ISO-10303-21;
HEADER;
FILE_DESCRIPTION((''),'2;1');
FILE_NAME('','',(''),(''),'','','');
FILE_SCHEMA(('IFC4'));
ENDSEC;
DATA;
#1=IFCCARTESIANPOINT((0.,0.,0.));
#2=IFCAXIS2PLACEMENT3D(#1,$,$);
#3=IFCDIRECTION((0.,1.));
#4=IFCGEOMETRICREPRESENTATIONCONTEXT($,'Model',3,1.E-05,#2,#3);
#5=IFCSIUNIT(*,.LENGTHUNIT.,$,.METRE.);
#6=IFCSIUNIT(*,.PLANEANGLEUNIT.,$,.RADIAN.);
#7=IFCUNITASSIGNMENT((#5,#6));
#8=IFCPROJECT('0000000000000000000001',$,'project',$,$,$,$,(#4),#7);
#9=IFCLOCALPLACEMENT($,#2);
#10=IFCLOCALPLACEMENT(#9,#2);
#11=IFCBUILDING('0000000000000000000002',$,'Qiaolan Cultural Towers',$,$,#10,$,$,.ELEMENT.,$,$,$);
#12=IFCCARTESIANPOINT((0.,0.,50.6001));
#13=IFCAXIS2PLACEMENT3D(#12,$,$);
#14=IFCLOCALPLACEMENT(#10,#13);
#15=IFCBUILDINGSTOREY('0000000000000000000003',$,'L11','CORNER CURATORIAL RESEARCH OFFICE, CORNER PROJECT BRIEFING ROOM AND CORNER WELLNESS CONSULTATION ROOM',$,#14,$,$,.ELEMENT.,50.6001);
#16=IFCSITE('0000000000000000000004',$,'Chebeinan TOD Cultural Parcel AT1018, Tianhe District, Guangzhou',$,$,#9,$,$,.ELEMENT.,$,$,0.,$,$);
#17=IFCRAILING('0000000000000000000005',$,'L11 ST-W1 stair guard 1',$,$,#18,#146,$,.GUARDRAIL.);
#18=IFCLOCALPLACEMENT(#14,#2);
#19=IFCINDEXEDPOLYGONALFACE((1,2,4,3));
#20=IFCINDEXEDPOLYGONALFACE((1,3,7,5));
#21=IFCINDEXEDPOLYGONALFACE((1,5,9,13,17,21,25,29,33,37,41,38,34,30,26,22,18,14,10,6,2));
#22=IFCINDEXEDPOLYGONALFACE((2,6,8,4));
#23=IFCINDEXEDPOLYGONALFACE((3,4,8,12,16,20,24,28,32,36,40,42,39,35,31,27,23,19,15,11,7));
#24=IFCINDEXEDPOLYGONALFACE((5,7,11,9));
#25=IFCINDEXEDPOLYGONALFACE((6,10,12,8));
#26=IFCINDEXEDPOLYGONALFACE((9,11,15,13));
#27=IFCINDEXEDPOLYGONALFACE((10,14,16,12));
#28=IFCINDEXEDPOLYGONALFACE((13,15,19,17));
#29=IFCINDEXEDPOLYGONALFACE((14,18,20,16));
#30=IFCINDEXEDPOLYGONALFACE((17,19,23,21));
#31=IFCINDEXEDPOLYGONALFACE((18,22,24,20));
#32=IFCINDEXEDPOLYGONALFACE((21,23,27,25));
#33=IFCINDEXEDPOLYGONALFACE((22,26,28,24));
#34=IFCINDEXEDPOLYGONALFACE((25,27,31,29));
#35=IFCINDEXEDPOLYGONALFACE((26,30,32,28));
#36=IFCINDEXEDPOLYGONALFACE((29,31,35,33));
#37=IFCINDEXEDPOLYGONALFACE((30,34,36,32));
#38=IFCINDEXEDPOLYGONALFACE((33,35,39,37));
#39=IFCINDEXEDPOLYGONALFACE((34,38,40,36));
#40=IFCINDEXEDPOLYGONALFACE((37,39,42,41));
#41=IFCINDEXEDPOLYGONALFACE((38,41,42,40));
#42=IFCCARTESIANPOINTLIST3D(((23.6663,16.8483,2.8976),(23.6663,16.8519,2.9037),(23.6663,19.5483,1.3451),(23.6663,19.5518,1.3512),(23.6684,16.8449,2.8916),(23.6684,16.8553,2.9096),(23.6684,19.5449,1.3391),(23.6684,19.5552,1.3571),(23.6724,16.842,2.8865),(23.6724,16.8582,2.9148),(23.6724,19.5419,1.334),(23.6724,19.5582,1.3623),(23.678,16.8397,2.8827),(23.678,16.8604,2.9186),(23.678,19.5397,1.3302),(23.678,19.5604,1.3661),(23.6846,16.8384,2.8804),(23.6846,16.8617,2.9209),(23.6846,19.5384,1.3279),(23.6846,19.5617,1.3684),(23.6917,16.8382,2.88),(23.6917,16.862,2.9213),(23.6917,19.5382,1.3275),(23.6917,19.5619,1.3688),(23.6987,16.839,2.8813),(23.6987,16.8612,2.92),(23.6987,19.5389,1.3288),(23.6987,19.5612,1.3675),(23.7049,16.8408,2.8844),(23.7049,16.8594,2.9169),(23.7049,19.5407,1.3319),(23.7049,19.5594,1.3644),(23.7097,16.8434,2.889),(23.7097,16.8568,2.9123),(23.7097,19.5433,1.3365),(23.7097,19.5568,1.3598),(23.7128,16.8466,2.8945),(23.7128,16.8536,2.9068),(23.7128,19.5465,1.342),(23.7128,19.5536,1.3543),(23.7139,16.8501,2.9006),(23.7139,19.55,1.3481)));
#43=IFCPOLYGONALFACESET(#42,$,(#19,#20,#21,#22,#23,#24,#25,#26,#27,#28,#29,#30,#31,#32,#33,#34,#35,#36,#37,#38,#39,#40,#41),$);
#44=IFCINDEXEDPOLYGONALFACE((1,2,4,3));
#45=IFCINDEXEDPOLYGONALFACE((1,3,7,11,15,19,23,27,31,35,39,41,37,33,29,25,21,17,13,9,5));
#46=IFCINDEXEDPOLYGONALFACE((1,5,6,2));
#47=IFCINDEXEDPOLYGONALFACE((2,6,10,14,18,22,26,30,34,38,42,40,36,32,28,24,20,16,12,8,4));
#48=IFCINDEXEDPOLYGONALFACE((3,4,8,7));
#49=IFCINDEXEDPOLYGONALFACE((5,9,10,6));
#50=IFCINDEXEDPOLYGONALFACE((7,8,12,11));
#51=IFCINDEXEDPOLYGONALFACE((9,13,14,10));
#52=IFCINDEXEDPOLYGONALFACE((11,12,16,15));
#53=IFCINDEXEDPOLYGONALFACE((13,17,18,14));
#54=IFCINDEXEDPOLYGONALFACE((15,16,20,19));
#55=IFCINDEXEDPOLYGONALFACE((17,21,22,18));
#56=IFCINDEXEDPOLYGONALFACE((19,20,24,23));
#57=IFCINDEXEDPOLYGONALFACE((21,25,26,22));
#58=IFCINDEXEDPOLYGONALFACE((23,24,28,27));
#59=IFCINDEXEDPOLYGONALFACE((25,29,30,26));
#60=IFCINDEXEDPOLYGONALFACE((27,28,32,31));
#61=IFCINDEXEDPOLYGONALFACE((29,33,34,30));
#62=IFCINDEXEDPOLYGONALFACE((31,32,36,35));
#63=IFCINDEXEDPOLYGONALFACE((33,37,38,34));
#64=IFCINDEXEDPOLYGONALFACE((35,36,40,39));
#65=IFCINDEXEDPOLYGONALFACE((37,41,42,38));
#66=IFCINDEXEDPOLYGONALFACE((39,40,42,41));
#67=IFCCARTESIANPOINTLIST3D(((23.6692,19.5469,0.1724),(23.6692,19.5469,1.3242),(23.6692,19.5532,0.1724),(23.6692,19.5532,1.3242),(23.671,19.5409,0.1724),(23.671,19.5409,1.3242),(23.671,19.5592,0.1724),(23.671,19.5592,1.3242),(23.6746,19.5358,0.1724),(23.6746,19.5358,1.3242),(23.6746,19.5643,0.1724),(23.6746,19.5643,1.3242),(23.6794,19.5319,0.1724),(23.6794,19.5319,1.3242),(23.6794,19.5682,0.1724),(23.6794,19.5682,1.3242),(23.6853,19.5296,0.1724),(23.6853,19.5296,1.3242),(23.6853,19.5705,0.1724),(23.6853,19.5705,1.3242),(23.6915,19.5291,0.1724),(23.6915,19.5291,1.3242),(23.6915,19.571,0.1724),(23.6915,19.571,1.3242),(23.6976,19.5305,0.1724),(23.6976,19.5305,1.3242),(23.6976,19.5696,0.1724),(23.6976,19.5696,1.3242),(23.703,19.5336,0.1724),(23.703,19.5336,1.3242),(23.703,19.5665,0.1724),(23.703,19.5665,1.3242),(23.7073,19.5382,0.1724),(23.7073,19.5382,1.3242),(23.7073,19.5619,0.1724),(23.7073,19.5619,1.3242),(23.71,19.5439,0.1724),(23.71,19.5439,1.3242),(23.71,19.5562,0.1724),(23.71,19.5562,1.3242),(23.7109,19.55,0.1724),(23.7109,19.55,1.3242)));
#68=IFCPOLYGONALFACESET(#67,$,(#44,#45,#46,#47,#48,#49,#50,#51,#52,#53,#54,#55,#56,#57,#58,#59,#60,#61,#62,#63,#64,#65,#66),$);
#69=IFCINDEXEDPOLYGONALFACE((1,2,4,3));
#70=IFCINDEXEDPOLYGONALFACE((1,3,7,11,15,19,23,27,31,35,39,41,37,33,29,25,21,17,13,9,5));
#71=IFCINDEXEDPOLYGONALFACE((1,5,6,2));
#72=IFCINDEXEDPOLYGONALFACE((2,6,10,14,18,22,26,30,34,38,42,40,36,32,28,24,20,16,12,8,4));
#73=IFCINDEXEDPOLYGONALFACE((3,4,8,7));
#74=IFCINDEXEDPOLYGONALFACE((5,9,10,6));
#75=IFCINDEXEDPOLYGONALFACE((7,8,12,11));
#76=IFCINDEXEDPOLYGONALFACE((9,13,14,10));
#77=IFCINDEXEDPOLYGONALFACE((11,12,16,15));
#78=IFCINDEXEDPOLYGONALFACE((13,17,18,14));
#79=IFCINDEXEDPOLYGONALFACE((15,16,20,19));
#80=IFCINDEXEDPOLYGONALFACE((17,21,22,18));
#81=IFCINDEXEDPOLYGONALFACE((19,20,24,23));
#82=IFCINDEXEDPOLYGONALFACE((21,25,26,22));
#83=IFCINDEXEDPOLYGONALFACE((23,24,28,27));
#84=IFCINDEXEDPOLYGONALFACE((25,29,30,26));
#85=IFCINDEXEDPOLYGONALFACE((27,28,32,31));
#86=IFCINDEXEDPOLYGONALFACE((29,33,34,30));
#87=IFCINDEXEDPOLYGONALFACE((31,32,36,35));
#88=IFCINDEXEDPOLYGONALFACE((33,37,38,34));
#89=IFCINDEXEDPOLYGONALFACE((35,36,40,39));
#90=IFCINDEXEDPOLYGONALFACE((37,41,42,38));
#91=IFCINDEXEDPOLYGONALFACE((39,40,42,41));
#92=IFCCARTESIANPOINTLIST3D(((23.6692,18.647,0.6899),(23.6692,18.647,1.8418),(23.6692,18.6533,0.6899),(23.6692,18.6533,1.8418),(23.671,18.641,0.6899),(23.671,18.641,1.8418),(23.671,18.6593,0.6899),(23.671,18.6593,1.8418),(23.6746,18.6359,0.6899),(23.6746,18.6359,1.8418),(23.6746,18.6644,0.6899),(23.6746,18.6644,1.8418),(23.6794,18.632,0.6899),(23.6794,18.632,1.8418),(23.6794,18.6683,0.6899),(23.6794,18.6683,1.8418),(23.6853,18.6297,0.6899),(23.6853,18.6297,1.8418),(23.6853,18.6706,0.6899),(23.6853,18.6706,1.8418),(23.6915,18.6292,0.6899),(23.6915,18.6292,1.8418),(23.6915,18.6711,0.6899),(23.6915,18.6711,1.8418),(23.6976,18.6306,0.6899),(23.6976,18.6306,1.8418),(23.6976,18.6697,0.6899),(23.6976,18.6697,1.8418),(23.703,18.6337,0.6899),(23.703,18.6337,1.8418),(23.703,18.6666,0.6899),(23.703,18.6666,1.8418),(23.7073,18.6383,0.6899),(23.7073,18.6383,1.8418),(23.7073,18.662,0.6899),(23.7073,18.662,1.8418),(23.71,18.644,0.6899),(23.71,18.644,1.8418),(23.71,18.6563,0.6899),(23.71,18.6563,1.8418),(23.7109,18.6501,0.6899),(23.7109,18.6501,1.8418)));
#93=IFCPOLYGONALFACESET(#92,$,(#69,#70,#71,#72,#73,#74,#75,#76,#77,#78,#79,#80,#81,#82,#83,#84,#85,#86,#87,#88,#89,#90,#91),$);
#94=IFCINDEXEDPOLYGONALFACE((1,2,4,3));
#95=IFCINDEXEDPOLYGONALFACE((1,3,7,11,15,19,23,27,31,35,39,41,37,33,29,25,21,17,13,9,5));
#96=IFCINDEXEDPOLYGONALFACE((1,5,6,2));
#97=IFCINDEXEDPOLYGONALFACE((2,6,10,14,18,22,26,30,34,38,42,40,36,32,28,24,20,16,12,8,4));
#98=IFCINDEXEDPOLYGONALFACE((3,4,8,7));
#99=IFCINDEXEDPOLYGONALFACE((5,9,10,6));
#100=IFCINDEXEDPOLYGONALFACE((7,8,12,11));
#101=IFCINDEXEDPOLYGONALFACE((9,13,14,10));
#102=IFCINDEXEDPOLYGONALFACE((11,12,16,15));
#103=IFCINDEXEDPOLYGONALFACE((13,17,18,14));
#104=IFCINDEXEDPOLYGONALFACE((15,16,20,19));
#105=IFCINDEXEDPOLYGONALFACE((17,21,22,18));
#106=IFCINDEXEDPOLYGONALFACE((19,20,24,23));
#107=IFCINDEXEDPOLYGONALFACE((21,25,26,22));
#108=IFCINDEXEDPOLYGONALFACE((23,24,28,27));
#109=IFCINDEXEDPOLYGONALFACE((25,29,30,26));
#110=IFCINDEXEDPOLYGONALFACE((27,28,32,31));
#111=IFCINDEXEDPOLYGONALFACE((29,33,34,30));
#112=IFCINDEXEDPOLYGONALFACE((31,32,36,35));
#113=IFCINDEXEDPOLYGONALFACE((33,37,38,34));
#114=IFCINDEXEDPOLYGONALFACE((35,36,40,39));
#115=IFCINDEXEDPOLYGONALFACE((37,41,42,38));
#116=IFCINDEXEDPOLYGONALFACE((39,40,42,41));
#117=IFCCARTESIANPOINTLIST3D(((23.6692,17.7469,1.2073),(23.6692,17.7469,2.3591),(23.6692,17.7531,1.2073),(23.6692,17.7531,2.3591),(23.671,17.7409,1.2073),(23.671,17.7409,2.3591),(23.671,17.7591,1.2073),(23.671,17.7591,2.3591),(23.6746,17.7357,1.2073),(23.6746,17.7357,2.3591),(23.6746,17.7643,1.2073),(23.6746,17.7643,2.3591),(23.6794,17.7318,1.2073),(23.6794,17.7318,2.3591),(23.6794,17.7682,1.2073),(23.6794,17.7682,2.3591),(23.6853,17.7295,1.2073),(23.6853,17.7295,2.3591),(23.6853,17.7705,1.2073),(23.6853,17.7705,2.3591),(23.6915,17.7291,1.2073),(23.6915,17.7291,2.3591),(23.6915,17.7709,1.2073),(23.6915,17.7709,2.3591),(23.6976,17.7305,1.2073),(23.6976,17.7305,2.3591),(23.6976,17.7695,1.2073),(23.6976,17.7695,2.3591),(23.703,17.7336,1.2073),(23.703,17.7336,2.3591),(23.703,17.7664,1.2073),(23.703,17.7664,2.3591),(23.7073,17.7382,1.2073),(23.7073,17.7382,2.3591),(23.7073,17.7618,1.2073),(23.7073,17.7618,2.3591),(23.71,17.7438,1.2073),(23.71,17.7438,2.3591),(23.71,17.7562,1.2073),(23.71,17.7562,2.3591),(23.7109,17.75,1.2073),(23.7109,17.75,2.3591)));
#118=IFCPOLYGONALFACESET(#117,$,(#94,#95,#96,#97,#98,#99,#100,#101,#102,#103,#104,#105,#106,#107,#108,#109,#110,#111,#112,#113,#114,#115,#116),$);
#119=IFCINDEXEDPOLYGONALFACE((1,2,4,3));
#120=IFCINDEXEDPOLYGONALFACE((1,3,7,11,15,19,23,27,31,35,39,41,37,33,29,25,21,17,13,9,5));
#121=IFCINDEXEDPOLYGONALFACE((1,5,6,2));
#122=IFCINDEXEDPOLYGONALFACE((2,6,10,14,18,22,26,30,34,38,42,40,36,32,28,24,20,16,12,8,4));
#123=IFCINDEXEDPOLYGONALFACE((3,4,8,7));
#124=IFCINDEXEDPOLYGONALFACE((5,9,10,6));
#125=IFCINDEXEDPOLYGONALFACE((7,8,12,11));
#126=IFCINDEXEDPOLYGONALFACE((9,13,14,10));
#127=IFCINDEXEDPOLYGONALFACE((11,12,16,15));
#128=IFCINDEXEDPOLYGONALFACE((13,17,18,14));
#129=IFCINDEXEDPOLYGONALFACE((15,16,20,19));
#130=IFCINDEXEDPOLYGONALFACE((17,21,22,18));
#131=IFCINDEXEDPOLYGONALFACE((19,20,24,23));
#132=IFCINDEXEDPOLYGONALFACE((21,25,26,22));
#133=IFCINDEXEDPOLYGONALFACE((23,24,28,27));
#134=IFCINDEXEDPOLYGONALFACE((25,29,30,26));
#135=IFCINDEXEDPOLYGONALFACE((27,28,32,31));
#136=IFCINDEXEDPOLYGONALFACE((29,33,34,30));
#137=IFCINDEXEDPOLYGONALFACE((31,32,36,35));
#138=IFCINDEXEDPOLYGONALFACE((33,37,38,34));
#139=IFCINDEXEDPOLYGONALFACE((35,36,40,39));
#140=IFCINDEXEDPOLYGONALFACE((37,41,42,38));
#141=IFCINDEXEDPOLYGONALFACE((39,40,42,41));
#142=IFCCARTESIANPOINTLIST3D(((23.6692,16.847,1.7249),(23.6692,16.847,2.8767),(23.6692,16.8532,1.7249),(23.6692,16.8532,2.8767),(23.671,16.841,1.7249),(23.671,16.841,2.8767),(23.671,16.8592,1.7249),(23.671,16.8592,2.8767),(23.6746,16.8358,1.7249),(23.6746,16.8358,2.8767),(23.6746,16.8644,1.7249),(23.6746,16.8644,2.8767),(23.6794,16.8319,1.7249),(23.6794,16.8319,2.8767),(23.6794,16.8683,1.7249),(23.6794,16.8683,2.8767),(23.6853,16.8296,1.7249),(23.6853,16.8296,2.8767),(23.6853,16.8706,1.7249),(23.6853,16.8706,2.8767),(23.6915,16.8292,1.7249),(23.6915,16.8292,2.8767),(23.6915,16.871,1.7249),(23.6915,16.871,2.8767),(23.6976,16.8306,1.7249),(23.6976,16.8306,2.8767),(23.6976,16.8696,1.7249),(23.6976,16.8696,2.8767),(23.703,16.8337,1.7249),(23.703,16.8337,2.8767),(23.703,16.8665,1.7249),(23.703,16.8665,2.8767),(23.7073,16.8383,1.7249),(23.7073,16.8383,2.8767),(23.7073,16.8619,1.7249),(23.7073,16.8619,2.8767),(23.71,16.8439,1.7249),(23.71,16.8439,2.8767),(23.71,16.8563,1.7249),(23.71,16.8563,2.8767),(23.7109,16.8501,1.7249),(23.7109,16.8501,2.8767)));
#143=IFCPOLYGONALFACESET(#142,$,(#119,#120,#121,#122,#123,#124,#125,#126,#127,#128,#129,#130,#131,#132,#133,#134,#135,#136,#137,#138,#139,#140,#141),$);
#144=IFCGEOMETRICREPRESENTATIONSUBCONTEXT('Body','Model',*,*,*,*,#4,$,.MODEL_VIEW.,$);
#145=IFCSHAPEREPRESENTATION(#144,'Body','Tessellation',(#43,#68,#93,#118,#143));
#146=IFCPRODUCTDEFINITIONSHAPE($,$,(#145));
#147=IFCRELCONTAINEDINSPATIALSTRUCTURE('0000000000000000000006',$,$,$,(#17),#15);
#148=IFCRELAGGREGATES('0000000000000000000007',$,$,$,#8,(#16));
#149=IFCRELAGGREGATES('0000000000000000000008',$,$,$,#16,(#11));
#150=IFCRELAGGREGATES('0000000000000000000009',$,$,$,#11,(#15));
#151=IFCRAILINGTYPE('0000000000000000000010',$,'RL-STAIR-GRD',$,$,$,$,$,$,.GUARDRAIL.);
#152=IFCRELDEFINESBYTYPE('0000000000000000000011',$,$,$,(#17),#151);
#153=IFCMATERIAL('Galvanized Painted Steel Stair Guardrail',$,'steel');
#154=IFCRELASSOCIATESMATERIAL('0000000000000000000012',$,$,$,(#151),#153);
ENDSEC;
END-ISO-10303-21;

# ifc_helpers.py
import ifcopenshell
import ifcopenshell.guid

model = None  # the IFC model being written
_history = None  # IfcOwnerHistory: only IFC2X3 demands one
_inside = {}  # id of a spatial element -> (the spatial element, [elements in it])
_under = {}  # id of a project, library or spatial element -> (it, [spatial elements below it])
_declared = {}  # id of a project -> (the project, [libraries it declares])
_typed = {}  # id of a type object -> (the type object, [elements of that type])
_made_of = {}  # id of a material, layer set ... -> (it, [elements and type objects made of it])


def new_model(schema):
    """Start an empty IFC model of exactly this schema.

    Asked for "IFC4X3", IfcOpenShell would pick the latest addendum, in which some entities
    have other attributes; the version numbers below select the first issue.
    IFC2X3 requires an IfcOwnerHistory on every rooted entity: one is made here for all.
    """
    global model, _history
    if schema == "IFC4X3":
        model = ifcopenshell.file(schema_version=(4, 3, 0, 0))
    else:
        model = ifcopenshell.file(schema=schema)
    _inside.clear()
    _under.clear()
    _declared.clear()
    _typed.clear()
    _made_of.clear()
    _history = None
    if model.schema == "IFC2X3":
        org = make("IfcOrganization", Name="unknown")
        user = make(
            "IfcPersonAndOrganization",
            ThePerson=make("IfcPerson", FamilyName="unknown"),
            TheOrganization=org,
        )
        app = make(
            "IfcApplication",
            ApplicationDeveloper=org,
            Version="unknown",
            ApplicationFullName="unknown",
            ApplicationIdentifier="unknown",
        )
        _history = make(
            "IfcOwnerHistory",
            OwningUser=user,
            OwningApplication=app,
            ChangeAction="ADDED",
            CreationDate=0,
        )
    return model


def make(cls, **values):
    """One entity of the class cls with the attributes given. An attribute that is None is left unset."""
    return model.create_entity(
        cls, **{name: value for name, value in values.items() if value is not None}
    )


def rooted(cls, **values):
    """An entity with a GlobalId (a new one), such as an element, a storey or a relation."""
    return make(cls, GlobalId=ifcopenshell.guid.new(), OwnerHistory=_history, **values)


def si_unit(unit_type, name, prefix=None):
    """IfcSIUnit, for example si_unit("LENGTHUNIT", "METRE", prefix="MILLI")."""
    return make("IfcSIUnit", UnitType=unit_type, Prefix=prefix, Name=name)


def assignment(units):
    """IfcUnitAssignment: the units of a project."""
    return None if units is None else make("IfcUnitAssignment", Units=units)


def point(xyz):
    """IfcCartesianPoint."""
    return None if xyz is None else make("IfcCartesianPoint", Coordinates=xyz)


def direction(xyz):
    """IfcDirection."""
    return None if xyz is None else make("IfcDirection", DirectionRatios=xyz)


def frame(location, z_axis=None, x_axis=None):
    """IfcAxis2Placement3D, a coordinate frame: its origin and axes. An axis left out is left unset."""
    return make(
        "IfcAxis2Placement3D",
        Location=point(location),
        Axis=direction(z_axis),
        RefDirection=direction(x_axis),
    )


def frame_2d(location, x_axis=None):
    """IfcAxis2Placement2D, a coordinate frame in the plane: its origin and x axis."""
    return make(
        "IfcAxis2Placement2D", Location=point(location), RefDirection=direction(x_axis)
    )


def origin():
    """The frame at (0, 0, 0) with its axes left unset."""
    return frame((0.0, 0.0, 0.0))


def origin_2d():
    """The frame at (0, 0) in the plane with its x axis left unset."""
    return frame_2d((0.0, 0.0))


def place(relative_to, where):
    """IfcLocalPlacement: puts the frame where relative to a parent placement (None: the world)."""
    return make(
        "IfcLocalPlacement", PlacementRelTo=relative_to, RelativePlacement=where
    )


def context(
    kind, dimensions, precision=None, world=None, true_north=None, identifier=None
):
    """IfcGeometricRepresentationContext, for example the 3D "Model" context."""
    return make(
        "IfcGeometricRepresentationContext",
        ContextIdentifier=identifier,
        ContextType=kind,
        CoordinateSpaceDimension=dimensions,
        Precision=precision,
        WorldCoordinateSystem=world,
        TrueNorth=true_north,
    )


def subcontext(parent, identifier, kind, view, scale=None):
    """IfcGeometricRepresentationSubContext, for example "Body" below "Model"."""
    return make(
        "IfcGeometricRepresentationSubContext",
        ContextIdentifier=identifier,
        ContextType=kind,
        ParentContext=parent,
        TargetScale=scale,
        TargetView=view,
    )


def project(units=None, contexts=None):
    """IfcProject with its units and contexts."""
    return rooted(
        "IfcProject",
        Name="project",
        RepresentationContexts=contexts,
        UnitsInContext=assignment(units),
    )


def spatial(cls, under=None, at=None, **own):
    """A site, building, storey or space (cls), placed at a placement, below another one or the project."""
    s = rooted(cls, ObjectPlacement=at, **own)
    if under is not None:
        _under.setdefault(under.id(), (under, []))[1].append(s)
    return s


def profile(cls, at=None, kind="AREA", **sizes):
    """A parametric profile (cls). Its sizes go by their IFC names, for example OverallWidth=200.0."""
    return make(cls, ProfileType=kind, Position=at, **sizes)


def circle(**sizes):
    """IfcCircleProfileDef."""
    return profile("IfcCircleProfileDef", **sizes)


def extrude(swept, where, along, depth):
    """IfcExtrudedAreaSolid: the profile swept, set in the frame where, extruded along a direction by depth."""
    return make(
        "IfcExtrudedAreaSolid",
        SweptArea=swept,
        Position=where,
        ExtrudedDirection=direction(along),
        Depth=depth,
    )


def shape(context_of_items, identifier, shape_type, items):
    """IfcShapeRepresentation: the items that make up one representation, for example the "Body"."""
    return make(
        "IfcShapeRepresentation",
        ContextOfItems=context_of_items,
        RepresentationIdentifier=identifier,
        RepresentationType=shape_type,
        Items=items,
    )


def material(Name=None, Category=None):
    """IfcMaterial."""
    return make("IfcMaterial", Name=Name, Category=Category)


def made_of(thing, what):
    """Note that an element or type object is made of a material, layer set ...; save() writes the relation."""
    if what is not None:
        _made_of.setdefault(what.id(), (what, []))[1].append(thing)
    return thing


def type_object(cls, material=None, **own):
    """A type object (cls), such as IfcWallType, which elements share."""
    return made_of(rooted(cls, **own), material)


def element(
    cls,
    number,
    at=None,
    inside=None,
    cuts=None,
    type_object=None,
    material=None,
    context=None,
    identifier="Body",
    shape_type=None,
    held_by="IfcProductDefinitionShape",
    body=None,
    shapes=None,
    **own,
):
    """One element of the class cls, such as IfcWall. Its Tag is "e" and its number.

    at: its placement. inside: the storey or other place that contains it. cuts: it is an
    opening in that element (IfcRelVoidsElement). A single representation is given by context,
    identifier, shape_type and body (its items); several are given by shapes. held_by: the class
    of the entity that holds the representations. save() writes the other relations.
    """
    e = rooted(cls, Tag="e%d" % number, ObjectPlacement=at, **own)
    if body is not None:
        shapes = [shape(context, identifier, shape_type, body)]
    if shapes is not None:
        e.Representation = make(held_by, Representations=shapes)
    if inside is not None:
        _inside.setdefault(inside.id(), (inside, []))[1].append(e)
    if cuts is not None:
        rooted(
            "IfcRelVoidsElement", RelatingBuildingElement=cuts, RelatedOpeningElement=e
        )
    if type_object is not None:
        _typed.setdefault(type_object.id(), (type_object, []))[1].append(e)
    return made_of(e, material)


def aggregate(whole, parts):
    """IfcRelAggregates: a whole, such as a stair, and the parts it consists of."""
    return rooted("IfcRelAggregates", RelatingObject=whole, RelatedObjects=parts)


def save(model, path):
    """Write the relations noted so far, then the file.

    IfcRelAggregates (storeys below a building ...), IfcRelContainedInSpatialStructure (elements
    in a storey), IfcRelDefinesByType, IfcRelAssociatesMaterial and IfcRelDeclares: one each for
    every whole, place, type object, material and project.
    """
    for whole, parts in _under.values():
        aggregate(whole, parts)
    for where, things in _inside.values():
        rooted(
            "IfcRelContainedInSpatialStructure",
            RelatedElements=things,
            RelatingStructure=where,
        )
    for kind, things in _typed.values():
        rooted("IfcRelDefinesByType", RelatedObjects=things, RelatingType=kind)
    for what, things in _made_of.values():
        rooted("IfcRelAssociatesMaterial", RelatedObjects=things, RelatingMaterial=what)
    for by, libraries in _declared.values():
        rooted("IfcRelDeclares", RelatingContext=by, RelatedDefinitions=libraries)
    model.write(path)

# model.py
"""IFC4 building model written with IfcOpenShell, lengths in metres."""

from ifc_helpers import new_model, si_unit, direction, frame, origin, origin_2d, place, context, subcontext, project, spatial, circle, extrude, material, type_object, element, save


model = new_model("IFC4")

# Units and contexts
model_context = context("Model", 3, precision=1e-05, world=origin(), true_north=direction((0.0, 1.0)))
body_context = subcontext(model_context, "Body", "Model", "MODEL_VIEW")
ifc_project = project(units=[si_unit("LENGTHUNIT", "METRE"), si_unit("PLANEANGLEUNIT", "RADIAN")], contexts=[model_context])

# Site, building, storey
site_placement = place(None, origin())
site = spatial("IfcSite", under=ifc_project, at=site_placement, Name="Chebeinan TOD Cultural Parcel AT1018, Tianhe District, Guangzhou", CompositionType="ELEMENT", RefElevation=0.0)
building_placement = place(site_placement, origin())
building = spatial("IfcBuilding", under=site, at=building_placement, Name="Qiaolan Cultural Towers", CompositionType="ELEMENT")
storey_placement = place(building_placement, frame((0.0, 0.0, 50.6001)))
storey = spatial("IfcBuildingStorey", under=building, at=storey_placement, Name="L11", Description="CORNER CURATORIAL RESEARCH OFFICE, CORNER PROJECT BRIEFING ROOM AND CORNER WELLNESS CONSULTATION ROOM", CompositionType="ELEMENT", Elevation=50.6001)

# Railing
ifc_material_1 = material(Name="Galvanized Painted Steel Stair Guardrail", Category="steel")
railing_type_1 = type_object("IfcRailingType", Name="RL-STAIR-GRD", PredefinedType="GUARDRAIL", material=ifc_material_1)
railing_1_placement = place(storey_placement, frame((23.6899, 19.55, 0.1724)))
element("IfcRailing", 1, at=railing_1_placement, inside=storey, type_object=railing_type_1, Name="L11 ST-W1 stair guard 1", PredefinedType="GUARDRAIL", context=body_context, shape_type="SweptSolid", body=[
    extrude(circle(Radius=0.0239, at=origin_2d()), frame((0.0, 0.0, 1.1758), z_axis=(0.0, -0.866904, 0.498476), x_axis=(1.0, 0.0, 0.0)), (0.0, 0.0, 1.0), 3.1145),
    extrude(circle(Radius=0.021, at=origin_2d()), origin(), (0.0, 0.0, 1.0), 1.1519),
    extrude(circle(Radius=0.021, at=origin_2d()), frame((0.0, -0.8999, 0.5176)), (0.0, 0.0, 1.0), 1.1519),
    extrude(circle(Radius=0.021, at=origin_2d()), frame((0.0, -1.8, 1.0349)), (0.0, 0.0, 1.0), 1.1519),
    extrude(circle(Radius=0.021, at=origin_2d()), frame((0.0, -2.7, 1.5525)), (0.0, 0.0, 1.0), 1.1519),
])

save(model, "model.ifc")
